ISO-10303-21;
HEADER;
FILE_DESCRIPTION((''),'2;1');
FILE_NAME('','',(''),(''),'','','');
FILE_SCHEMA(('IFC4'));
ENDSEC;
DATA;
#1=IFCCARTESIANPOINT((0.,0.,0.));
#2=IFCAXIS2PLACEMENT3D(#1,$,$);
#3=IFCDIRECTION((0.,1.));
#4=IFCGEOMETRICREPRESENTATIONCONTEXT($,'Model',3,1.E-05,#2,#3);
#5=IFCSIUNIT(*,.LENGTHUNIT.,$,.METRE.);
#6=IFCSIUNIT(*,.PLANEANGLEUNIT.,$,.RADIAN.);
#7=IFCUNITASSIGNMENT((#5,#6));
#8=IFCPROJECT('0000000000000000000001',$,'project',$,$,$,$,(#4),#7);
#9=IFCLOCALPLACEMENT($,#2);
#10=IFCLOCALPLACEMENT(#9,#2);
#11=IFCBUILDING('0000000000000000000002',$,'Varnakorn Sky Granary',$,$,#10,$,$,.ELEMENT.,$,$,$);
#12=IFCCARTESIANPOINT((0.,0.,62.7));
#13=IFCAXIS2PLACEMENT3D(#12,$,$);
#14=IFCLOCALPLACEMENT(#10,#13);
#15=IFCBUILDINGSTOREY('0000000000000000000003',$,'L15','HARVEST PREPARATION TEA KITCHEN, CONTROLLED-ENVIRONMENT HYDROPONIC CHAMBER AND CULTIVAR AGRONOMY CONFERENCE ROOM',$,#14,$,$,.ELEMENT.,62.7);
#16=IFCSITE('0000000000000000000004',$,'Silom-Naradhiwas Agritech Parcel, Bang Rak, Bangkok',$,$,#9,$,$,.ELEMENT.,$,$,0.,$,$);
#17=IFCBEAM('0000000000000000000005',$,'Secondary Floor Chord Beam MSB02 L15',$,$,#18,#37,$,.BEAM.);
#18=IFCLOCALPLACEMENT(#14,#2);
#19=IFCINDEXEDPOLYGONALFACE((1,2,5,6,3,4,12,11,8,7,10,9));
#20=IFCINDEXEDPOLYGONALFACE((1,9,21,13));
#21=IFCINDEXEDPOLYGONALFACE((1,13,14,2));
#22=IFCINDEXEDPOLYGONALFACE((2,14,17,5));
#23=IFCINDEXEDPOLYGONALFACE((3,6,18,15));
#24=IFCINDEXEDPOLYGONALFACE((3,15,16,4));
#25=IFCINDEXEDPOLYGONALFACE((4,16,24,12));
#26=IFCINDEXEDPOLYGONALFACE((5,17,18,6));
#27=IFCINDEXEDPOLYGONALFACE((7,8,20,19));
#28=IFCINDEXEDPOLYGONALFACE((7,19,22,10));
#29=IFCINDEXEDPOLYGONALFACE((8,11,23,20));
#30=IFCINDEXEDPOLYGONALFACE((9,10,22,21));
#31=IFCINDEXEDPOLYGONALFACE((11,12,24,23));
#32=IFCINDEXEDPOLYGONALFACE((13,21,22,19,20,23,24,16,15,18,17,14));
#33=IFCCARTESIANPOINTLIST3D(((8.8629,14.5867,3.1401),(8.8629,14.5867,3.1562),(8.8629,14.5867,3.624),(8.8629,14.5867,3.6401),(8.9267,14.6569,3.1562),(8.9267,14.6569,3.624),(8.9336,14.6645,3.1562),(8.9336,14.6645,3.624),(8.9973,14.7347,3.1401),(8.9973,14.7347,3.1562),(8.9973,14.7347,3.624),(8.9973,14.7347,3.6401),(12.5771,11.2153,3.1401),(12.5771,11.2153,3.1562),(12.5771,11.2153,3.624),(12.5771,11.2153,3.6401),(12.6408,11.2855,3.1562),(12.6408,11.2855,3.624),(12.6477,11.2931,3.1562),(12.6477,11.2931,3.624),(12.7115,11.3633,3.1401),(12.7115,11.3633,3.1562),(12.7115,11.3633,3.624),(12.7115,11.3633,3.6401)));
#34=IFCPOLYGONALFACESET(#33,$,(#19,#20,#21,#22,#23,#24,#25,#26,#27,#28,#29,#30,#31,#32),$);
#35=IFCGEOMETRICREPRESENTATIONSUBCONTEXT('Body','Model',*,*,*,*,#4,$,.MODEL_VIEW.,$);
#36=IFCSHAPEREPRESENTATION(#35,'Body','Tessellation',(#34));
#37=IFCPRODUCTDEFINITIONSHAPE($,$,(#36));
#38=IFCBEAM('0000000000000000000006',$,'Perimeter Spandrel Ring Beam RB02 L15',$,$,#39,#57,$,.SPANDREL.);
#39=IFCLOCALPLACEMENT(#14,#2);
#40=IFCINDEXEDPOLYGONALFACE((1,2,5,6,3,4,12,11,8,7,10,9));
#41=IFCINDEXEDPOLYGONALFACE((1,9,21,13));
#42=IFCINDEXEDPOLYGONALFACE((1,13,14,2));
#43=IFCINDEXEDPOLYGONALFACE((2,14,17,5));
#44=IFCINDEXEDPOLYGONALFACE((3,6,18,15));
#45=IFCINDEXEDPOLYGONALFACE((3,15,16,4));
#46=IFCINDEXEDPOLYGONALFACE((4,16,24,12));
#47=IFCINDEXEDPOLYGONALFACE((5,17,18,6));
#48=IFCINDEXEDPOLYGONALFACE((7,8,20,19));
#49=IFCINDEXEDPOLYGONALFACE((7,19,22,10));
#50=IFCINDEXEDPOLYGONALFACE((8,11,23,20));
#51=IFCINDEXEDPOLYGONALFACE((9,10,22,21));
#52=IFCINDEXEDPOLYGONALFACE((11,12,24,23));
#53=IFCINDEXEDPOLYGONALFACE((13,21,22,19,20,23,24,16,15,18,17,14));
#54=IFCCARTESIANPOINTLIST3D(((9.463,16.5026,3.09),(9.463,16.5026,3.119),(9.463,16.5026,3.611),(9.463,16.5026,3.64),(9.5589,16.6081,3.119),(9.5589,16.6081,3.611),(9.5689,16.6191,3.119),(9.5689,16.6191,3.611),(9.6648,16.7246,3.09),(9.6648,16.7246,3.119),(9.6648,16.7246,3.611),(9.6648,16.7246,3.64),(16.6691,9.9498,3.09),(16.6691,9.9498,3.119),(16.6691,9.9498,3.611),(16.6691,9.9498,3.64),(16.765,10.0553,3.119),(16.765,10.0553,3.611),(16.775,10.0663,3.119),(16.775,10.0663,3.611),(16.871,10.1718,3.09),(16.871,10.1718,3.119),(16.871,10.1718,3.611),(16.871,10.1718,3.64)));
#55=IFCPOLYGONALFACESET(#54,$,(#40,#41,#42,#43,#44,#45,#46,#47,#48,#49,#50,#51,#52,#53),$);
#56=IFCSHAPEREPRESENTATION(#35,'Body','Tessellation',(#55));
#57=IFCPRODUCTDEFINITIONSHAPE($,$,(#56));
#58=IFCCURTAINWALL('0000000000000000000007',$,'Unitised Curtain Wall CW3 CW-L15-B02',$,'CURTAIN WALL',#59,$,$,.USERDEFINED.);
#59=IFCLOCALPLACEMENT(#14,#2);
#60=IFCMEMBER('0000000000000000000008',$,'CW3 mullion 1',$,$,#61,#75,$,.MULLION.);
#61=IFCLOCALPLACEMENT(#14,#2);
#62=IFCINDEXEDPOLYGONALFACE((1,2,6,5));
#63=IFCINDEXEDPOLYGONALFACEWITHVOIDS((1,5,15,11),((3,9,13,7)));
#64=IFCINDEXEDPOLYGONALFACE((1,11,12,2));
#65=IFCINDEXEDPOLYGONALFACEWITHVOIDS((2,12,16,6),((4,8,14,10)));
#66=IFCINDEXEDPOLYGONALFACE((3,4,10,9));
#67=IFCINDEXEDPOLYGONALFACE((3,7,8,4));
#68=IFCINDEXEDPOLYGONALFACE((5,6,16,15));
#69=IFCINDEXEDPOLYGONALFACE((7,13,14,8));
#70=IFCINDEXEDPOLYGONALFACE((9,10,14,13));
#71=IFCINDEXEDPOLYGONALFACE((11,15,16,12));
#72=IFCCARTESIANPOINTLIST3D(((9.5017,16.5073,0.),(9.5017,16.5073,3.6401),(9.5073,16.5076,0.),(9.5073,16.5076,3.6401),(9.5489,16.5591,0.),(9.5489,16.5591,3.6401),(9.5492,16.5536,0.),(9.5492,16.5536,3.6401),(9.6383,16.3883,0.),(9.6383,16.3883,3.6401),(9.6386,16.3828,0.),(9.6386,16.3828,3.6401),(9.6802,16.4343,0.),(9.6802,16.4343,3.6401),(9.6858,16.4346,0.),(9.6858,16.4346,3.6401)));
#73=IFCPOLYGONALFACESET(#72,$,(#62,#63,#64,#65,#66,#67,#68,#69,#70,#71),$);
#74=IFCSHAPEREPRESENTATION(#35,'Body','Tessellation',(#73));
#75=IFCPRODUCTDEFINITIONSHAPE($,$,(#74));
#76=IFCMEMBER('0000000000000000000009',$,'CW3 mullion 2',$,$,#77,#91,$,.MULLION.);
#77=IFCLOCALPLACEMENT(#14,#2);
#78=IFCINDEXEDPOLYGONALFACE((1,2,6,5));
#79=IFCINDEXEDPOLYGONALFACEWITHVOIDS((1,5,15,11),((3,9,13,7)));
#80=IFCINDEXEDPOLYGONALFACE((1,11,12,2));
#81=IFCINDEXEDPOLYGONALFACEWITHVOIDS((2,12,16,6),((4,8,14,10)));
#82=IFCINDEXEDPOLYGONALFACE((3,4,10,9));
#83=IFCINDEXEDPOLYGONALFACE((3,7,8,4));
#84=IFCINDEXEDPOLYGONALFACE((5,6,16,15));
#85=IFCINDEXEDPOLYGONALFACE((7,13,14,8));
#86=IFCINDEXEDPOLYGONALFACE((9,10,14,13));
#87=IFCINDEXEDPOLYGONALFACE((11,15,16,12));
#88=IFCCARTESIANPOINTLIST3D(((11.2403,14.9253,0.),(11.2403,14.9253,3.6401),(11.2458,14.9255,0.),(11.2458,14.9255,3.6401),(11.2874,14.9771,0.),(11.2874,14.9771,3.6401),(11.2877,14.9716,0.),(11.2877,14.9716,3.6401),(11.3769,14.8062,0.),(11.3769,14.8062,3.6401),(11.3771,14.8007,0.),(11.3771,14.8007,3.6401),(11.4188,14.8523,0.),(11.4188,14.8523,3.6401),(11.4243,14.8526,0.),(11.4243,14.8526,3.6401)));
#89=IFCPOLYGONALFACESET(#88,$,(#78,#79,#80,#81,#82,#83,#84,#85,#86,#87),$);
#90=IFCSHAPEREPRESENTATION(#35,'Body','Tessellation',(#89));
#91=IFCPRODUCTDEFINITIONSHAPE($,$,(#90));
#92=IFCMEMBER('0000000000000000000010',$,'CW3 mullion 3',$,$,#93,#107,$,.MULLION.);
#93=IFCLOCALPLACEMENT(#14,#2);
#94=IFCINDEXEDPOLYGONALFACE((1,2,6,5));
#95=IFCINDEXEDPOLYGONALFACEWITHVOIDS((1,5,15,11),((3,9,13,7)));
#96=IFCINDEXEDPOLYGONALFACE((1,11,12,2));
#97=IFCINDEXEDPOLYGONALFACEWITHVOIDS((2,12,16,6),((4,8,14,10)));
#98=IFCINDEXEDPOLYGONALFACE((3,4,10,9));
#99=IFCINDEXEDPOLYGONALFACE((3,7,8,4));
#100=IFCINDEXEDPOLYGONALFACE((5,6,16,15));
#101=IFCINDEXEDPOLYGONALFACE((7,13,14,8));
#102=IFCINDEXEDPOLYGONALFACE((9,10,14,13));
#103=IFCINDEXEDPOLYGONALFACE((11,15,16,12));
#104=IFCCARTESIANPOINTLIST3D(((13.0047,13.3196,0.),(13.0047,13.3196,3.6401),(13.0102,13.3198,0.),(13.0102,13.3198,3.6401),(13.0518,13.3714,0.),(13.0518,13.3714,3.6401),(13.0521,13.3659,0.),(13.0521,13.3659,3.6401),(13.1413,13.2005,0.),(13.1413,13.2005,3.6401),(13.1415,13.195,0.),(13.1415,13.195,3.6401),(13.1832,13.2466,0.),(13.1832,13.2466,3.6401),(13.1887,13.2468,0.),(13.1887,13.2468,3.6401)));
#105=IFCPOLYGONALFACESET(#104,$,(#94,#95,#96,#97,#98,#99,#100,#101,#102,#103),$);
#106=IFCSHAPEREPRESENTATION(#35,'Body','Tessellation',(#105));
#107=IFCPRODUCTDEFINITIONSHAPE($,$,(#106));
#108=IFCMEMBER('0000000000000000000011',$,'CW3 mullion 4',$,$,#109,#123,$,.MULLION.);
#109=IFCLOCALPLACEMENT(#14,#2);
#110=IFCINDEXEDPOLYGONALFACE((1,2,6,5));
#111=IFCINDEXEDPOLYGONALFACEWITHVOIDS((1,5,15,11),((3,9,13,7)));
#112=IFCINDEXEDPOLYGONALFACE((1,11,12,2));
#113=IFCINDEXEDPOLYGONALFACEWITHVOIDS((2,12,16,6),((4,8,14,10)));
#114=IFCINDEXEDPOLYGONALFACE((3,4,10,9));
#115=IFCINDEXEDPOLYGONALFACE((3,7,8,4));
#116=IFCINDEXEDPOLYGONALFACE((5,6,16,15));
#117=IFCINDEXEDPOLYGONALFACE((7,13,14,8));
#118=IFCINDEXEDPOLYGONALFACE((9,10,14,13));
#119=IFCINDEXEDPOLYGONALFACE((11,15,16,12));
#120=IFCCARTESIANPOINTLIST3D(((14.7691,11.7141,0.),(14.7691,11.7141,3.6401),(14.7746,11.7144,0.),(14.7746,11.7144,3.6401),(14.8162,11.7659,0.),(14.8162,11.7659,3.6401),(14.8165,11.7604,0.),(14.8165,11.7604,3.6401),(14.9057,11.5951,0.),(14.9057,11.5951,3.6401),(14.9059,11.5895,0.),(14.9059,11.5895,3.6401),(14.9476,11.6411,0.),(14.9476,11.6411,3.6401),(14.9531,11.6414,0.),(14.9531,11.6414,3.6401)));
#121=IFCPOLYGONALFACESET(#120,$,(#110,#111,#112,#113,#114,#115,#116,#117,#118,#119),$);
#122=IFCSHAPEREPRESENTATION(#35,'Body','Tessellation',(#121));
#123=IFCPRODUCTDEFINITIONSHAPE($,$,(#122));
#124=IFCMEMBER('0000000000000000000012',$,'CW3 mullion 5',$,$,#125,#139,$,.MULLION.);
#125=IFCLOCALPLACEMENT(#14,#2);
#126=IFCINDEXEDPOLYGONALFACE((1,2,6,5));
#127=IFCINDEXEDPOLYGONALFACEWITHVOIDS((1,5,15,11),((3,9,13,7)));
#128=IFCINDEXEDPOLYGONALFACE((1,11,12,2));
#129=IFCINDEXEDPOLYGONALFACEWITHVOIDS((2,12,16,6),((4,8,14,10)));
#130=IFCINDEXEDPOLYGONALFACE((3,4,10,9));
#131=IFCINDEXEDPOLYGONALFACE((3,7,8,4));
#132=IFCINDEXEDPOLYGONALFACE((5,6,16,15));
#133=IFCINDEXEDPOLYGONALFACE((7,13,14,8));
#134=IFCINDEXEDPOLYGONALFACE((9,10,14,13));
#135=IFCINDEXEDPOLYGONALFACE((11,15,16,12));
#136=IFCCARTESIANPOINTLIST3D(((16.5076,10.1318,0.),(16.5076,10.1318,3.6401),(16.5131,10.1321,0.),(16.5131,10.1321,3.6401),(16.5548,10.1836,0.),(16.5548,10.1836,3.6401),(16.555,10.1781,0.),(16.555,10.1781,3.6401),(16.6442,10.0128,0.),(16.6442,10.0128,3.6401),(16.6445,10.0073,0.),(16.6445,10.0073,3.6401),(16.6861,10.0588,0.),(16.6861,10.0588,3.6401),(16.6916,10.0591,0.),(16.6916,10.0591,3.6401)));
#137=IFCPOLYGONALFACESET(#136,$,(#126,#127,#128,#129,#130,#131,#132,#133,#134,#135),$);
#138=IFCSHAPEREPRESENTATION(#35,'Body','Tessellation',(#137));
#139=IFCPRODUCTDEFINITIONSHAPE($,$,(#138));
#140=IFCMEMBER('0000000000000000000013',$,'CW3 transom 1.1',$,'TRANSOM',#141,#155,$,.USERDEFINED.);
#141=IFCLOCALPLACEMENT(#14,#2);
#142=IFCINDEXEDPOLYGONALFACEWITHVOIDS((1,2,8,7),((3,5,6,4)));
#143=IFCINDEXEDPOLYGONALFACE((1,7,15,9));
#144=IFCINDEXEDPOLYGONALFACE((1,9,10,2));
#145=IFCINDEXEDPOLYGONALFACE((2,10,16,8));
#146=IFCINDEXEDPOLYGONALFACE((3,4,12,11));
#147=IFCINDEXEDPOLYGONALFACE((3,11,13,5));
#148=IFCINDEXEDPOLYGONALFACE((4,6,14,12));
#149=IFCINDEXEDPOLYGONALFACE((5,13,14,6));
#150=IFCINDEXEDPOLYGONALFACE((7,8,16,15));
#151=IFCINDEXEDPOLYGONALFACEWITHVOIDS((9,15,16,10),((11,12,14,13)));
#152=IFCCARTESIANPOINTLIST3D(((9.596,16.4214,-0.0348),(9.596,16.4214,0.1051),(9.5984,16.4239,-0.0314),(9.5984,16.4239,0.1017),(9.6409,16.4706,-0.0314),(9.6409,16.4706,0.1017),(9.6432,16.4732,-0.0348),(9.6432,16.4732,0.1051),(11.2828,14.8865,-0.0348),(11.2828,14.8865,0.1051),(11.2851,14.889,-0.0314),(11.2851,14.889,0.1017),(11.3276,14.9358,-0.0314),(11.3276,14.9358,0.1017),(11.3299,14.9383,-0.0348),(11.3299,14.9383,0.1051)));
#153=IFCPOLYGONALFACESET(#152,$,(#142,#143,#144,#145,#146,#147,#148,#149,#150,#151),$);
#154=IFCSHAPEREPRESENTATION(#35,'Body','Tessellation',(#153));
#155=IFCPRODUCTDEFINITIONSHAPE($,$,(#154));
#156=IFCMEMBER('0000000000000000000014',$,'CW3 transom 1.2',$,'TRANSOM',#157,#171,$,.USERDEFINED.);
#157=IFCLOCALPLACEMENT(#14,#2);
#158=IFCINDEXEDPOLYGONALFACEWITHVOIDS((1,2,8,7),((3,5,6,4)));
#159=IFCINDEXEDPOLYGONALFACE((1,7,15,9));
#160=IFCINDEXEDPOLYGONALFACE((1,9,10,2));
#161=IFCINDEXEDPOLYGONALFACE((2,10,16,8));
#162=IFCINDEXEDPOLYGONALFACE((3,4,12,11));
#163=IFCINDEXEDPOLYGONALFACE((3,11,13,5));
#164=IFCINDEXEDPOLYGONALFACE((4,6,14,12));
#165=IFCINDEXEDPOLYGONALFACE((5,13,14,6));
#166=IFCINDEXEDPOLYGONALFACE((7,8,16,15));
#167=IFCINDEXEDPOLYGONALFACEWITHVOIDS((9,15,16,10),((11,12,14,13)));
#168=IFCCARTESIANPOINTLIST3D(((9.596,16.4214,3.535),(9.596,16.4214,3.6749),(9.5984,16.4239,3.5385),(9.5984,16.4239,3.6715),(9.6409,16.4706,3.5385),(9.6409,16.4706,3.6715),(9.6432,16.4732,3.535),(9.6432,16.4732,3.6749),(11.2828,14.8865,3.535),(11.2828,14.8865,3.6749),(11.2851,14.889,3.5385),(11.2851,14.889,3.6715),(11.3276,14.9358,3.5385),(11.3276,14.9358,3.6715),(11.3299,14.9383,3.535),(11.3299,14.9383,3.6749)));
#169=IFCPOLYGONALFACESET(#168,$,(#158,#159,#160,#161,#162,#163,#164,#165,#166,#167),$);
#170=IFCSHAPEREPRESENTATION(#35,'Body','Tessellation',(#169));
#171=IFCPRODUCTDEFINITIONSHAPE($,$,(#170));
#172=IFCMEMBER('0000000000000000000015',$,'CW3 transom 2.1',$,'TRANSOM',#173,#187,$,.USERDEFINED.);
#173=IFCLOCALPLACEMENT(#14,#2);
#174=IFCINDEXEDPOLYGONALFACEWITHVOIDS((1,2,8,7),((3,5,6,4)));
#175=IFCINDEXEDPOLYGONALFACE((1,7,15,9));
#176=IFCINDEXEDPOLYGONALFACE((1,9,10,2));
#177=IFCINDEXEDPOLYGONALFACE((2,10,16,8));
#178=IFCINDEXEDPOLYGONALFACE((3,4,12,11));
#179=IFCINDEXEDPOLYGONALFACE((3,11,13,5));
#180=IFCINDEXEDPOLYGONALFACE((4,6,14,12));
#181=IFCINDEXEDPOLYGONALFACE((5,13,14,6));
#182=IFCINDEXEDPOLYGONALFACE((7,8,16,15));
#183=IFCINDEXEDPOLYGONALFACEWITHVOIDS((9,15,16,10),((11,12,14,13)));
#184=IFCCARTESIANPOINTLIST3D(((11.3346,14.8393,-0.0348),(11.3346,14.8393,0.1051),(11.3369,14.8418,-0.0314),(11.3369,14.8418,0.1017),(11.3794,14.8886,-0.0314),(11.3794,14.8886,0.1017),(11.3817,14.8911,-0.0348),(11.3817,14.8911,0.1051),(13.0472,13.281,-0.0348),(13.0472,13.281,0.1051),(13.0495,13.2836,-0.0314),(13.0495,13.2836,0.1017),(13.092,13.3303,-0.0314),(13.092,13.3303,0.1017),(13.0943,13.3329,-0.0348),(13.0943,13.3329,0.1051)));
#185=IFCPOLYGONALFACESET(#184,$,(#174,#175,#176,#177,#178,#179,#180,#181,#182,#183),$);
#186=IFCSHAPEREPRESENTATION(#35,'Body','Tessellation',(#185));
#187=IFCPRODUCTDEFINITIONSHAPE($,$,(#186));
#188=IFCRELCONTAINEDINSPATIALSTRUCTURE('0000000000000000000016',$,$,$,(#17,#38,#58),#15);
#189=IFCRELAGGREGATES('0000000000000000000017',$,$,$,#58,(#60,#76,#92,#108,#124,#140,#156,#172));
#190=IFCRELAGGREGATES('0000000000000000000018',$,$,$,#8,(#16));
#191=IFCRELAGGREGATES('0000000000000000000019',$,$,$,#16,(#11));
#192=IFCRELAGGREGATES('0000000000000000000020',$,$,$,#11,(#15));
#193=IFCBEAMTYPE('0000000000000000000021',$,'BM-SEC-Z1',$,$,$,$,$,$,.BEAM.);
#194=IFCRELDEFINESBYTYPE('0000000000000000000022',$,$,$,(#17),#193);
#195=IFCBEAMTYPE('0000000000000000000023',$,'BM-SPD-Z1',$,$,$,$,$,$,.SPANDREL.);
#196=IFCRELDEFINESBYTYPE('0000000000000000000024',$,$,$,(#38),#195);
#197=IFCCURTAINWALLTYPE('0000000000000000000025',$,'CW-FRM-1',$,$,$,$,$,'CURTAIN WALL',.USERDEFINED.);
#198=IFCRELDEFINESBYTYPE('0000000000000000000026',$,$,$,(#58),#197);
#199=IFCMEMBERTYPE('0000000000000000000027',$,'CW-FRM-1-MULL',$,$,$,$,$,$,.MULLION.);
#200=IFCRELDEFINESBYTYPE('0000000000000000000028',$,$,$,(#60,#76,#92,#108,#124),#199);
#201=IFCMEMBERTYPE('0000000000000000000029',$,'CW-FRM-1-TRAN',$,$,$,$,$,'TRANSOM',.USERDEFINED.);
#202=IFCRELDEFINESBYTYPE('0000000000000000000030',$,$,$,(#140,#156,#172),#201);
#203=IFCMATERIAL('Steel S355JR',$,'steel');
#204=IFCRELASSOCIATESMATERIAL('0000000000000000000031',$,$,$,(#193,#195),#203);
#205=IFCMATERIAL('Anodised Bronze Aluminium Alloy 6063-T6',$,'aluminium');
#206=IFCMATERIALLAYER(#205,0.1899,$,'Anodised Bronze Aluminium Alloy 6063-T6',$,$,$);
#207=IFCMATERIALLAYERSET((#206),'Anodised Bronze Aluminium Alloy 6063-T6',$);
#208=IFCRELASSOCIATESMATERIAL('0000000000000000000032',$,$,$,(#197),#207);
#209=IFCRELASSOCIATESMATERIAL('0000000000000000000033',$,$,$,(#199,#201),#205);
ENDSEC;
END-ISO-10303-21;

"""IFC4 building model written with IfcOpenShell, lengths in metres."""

from ifc_helpers import new_model, si_unit, direction, frame, origin, origin_2d, place, context, subcontext, project, spatial, hollow_rectangle, i_section, extrude, material, layer, layer_set, material_profile, profile_set, type_object, element, aggregate, save


model = new_model("IFC4")

# Units and contexts
model_context = context("Model", 3, precision=1e-05, world=origin(), true_north=direction((0.0, 1.0)))
body_context = subcontext(model_context, "Body", "Model", "MODEL_VIEW")
ifc_project = project(units=[si_unit("LENGTHUNIT", "METRE"), si_unit("PLANEANGLEUNIT", "RADIAN")], contexts=[model_context])

# Site, building, storey
site_placement = place(None, origin())
site = spatial("IfcSite", under=ifc_project, at=site_placement, Name="Silom-Naradhiwas Agritech Parcel, Bang Rak, Bangkok", CompositionType="ELEMENT", RefElevation=0.0)
building_placement = place(site_placement, origin())
building = spatial("IfcBuilding", under=site, at=building_placement, Name="Varnakorn Sky Granary", CompositionType="ELEMENT")
storey_placement = place(building_placement, frame((0.0, 0.0, 62.7)))
storey = spatial("IfcBuildingStorey", under=building, at=storey_placement, Name="L15", Description="HARVEST PREPARATION TEA KITCHEN, CONTROLLED-ENVIRONMENT HYDROPONIC CHAMBER AND CULTIVAR AGRONOMY CONFERENCE ROOM", CompositionType="ELEMENT", Elevation=62.7)

# Beams
ifc_material_1 = material(Name="Steel S355JR", Category="steel")
ifc_material_profile_1 = material_profile(ifc_material_1, i_section(OverallWidth=0.2, OverallDepth=0.5, WebThickness=0.0103, FlangeThickness=0.0161, at=origin_2d()), Name="IPE 500")
ifc_profile_set_1 = profile_set([ifc_material_profile_1], Name="Steel S355JR")
beam_type_1 = type_object("IfcBeamType", Name="BM-SEC-Z1", PredefinedType="BEAM", material=ifc_profile_set_1)
beam_1_placement = place(storey_placement, frame((12.6443, 11.2893, 3.3901), z_axis=(-0.740449, 0.672113, 0.0), x_axis=(-0.672113, -0.740449, 0.0)))
element("IfcBeam", 1, at=beam_1_placement, inside=storey, type_object=beam_type_1, Name="Secondary Floor Chord Beam MSB02 L15", PredefinedType="BEAM", context=body_context, shape_type="SweptSolid", body=[
    extrude(i_section(OverallWidth=0.2, OverallDepth=0.5, WebThickness=0.0103, FlangeThickness=0.0161, at=origin_2d()), origin(), (0.0, 0.0, 1.0), 5.0161),
])
ifc_material_profile_2 = material_profile(ifc_material_1, i_section(OverallWidth=0.3, OverallDepth=0.55, WebThickness=0.0149, FlangeThickness=0.0291, at=origin_2d()), Name="HE 550 B")
ifc_profile_set_2 = profile_set([ifc_material_profile_2], Name="Steel S355JR")
beam_type_2 = type_object("IfcBeamType", Name="BM-SPD-Z1", PredefinedType="SPANDREL", material=ifc_profile_set_2)
beam_2_placement = place(storey_placement, frame((16.77, 10.0608, 3.365), z_axis=(-0.739849, 0.672773, 0.0), x_axis=(-0.672773, -0.739849, 0.0)))
element("IfcBeam", 2, at=beam_2_placement, inside=storey, type_object=beam_type_2, Name="Perimeter Spandrel Ring Beam RB02 L15", PredefinedType="SPANDREL", context=body_context, shape_type="SweptSolid", body=[
    extrude(i_section(OverallWidth=0.3, OverallDepth=0.55, WebThickness=0.0149, FlangeThickness=0.0291, at=origin_2d()), origin(), (0.0, 0.0, 1.0), 9.74),
])

# Curtain wall, members
ifc_material_2 = material(Name="Anodised Bronze Aluminium Alloy 6063-T6", Category="aluminium")
ifc_layer_1 = layer(ifc_material_2, 0.1899, Name="Anodised Bronze Aluminium Alloy 6063-T6")
ifc_layer_set_1 = layer_set([ifc_layer_1], Name="Anodised Bronze Aluminium Alloy 6063-T6")
curtain_wall_type = type_object("IfcCurtainWallType", Name="CW-FRM-1", ElementType="CURTAIN WALL", PredefinedType="USERDEFINED", material=ifc_layer_set_1)
curtain_wall_placement = place(storey_placement, origin())
curtain_wall = element("IfcCurtainWall", 3, at=curtain_wall_placement, inside=storey, type_object=curtain_wall_type, Name="Unitised Curtain Wall CW3 CW-L15-B02", ObjectType="CURTAIN WALL", PredefinedType="USERDEFINED")
ifc_material_profile_3 = material_profile(ifc_material_2, hollow_rectangle(XDim=0.0701, YDim=0.1851, WallThickness=0.0039, at=origin_2d()), Name="ALU MULL 70x185")
ifc_profile_set_3 = profile_set([ifc_material_profile_3], Name="Anodised Bronze Aluminium Alloy 6063-T6")
member_type_1 = type_object("IfcMemberType", Name="CW-FRM-1-MULL", PredefinedType="MULLION", material=ifc_profile_set_3)
member_1_placement = place(storey_placement, frame((9.5938, 16.4709, 0.0), z_axis=(0.0, 0.0, 1.0), x_axis=(0.673051, 0.739596, 0.0)))
member_1 = element("IfcMember", 4, at=member_1_placement, type_object=member_type_1, Name="CW3 mullion 1", PredefinedType="MULLION", context=body_context, shape_type="SweptSolid", body=[
    extrude(hollow_rectangle(XDim=0.0701, YDim=0.1851, WallThickness=0.0039, at=origin_2d()), origin(), (0.0, 0.0, 1.0), 3.6401),
])
member_2_placement = place(storey_placement, frame((11.3323, 14.8889, 0.0), z_axis=(0.0, 0.0, 1.0), x_axis=(0.673051, 0.739596, 0.0)))
member_2 = element("IfcMember", 5, at=member_2_placement, type_object=member_type_1, Name="CW3 mullion 2", PredefinedType="MULLION", context=body_context, shape_type="SweptSolid", body=[
    extrude(hollow_rectangle(XDim=0.0701, YDim=0.1851, WallThickness=0.0039, at=origin_2d()), origin(), (0.0, 0.0, 1.0), 3.6401),
])
member_3_placement = place(storey_placement, frame((13.0967, 13.2832, 0.0), z_axis=(0.0, 0.0, 1.0), x_axis=(0.673051, 0.739596, 0.0)))
member_3 = element("IfcMember", 6, at=member_3_placement, type_object=member_type_1, Name="CW3 mullion 3", PredefinedType="MULLION", context=body_context, shape_type="SweptSolid", body=[
    extrude(hollow_rectangle(XDim=0.0701, YDim=0.1851, WallThickness=0.0039, at=origin_2d()), origin(), (0.0, 0.0, 1.0), 3.6401),
])
member_4_placement = place(storey_placement, frame((14.8611, 11.6777, 0.0), z_axis=(0.0, 0.0, 1.0), x_axis=(0.673051, 0.739596, 0.0)))
member_4 = element("IfcMember", 7, at=member_4_placement, type_object=member_type_1, Name="CW3 mullion 4", PredefinedType="MULLION", context=body_context, shape_type="SweptSolid", body=[
    extrude(hollow_rectangle(XDim=0.0701, YDim=0.1851, WallThickness=0.0039, at=origin_2d()), origin(), (0.0, 0.0, 1.0), 3.6401),
])
member_5_placement = place(storey_placement, frame((16.5996, 10.0955, 0.0), z_axis=(0.0, 0.0, 1.0), x_axis=(0.673051, 0.739596, 0.0)))
member_5 = element("IfcMember", 8, at=member_5_placement, type_object=member_type_1, Name="CW3 mullion 5", PredefinedType="MULLION", context=body_context, shape_type="SweptSolid", body=[
    extrude(hollow_rectangle(XDim=0.0701, YDim=0.1851, WallThickness=0.0039, at=origin_2d()), origin(), (0.0, 0.0, 1.0), 3.6401),
])
ifc_material_profile_4 = material_profile(ifc_material_2, hollow_rectangle(XDim=0.0701, YDim=0.1399, WallThickness=0.0034, at=origin_2d()), Name="ALU TRAN 70x140")
ifc_profile_set_4 = profile_set([ifc_material_profile_4], Name="Anodised Bronze Aluminium Alloy 6063-T6")
member_type_2 = type_object("IfcMemberType", Name="CW-FRM-1-TRAN", ElementType="TRANSOM", PredefinedType="USERDEFINED", material=ifc_profile_set_4)
member_6_placement = place(storey_placement, frame((9.6196, 16.4473, 0.0352), z_axis=(0.739615, -0.67303, 0.0), x_axis=(0.67303, 0.739615, 0.0)))
member_6 = element("IfcMember", 9, at=member_6_placement, type_object=member_type_2, Name="CW3 transom 1.1", ObjectType="TRANSOM", PredefinedType="USERDEFINED", context=body_context, shape_type="SweptSolid", body=[
    extrude(hollow_rectangle(XDim=0.0701, YDim=0.1399, WallThickness=0.0034, at=origin_2d()), origin(), (0.0, 0.0, 1.0), 2.2805),
])
member_7_placement = place(storey_placement, frame((9.6196, 16.4473, 3.605), z_axis=(0.739615, -0.67303, 0.0), x_axis=(0.67303, 0.739615, 0.0)))
member_7 = element("IfcMember", 10, at=member_7_placement, type_object=member_type_2, Name="CW3 transom 1.2", ObjectType="TRANSOM", PredefinedType="USERDEFINED", context=body_context, shape_type="SweptSolid", body=[
    extrude(hollow_rectangle(XDim=0.0701, YDim=0.1399, WallThickness=0.0034, at=origin_2d()), origin(), (0.0, 0.0, 1.0), 2.2805),
])
member_8_placement = place(storey_placement, frame((11.3582, 14.8652, 0.0352), z_axis=(0.739639, -0.673003, 0.0), x_axis=(0.673003, 0.739639, 0.0)))
member_8 = element("IfcMember", 11, at=member_8_placement, type_object=member_type_2, Name="CW3 transom 2.1", ObjectType="TRANSOM", PredefinedType="USERDEFINED", context=body_context, shape_type="SweptSolid", body=[
    extrude(hollow_rectangle(XDim=0.0701, YDim=0.1399, WallThickness=0.0034, at=origin_2d()), origin(), (0.0, 0.0, 1.0), 2.3154),
])
aggregate(curtain_wall, [member_1, member_2, member_3, member_4, member_5, member_6, member_7, member_8])

save(model, "model.ifc")
